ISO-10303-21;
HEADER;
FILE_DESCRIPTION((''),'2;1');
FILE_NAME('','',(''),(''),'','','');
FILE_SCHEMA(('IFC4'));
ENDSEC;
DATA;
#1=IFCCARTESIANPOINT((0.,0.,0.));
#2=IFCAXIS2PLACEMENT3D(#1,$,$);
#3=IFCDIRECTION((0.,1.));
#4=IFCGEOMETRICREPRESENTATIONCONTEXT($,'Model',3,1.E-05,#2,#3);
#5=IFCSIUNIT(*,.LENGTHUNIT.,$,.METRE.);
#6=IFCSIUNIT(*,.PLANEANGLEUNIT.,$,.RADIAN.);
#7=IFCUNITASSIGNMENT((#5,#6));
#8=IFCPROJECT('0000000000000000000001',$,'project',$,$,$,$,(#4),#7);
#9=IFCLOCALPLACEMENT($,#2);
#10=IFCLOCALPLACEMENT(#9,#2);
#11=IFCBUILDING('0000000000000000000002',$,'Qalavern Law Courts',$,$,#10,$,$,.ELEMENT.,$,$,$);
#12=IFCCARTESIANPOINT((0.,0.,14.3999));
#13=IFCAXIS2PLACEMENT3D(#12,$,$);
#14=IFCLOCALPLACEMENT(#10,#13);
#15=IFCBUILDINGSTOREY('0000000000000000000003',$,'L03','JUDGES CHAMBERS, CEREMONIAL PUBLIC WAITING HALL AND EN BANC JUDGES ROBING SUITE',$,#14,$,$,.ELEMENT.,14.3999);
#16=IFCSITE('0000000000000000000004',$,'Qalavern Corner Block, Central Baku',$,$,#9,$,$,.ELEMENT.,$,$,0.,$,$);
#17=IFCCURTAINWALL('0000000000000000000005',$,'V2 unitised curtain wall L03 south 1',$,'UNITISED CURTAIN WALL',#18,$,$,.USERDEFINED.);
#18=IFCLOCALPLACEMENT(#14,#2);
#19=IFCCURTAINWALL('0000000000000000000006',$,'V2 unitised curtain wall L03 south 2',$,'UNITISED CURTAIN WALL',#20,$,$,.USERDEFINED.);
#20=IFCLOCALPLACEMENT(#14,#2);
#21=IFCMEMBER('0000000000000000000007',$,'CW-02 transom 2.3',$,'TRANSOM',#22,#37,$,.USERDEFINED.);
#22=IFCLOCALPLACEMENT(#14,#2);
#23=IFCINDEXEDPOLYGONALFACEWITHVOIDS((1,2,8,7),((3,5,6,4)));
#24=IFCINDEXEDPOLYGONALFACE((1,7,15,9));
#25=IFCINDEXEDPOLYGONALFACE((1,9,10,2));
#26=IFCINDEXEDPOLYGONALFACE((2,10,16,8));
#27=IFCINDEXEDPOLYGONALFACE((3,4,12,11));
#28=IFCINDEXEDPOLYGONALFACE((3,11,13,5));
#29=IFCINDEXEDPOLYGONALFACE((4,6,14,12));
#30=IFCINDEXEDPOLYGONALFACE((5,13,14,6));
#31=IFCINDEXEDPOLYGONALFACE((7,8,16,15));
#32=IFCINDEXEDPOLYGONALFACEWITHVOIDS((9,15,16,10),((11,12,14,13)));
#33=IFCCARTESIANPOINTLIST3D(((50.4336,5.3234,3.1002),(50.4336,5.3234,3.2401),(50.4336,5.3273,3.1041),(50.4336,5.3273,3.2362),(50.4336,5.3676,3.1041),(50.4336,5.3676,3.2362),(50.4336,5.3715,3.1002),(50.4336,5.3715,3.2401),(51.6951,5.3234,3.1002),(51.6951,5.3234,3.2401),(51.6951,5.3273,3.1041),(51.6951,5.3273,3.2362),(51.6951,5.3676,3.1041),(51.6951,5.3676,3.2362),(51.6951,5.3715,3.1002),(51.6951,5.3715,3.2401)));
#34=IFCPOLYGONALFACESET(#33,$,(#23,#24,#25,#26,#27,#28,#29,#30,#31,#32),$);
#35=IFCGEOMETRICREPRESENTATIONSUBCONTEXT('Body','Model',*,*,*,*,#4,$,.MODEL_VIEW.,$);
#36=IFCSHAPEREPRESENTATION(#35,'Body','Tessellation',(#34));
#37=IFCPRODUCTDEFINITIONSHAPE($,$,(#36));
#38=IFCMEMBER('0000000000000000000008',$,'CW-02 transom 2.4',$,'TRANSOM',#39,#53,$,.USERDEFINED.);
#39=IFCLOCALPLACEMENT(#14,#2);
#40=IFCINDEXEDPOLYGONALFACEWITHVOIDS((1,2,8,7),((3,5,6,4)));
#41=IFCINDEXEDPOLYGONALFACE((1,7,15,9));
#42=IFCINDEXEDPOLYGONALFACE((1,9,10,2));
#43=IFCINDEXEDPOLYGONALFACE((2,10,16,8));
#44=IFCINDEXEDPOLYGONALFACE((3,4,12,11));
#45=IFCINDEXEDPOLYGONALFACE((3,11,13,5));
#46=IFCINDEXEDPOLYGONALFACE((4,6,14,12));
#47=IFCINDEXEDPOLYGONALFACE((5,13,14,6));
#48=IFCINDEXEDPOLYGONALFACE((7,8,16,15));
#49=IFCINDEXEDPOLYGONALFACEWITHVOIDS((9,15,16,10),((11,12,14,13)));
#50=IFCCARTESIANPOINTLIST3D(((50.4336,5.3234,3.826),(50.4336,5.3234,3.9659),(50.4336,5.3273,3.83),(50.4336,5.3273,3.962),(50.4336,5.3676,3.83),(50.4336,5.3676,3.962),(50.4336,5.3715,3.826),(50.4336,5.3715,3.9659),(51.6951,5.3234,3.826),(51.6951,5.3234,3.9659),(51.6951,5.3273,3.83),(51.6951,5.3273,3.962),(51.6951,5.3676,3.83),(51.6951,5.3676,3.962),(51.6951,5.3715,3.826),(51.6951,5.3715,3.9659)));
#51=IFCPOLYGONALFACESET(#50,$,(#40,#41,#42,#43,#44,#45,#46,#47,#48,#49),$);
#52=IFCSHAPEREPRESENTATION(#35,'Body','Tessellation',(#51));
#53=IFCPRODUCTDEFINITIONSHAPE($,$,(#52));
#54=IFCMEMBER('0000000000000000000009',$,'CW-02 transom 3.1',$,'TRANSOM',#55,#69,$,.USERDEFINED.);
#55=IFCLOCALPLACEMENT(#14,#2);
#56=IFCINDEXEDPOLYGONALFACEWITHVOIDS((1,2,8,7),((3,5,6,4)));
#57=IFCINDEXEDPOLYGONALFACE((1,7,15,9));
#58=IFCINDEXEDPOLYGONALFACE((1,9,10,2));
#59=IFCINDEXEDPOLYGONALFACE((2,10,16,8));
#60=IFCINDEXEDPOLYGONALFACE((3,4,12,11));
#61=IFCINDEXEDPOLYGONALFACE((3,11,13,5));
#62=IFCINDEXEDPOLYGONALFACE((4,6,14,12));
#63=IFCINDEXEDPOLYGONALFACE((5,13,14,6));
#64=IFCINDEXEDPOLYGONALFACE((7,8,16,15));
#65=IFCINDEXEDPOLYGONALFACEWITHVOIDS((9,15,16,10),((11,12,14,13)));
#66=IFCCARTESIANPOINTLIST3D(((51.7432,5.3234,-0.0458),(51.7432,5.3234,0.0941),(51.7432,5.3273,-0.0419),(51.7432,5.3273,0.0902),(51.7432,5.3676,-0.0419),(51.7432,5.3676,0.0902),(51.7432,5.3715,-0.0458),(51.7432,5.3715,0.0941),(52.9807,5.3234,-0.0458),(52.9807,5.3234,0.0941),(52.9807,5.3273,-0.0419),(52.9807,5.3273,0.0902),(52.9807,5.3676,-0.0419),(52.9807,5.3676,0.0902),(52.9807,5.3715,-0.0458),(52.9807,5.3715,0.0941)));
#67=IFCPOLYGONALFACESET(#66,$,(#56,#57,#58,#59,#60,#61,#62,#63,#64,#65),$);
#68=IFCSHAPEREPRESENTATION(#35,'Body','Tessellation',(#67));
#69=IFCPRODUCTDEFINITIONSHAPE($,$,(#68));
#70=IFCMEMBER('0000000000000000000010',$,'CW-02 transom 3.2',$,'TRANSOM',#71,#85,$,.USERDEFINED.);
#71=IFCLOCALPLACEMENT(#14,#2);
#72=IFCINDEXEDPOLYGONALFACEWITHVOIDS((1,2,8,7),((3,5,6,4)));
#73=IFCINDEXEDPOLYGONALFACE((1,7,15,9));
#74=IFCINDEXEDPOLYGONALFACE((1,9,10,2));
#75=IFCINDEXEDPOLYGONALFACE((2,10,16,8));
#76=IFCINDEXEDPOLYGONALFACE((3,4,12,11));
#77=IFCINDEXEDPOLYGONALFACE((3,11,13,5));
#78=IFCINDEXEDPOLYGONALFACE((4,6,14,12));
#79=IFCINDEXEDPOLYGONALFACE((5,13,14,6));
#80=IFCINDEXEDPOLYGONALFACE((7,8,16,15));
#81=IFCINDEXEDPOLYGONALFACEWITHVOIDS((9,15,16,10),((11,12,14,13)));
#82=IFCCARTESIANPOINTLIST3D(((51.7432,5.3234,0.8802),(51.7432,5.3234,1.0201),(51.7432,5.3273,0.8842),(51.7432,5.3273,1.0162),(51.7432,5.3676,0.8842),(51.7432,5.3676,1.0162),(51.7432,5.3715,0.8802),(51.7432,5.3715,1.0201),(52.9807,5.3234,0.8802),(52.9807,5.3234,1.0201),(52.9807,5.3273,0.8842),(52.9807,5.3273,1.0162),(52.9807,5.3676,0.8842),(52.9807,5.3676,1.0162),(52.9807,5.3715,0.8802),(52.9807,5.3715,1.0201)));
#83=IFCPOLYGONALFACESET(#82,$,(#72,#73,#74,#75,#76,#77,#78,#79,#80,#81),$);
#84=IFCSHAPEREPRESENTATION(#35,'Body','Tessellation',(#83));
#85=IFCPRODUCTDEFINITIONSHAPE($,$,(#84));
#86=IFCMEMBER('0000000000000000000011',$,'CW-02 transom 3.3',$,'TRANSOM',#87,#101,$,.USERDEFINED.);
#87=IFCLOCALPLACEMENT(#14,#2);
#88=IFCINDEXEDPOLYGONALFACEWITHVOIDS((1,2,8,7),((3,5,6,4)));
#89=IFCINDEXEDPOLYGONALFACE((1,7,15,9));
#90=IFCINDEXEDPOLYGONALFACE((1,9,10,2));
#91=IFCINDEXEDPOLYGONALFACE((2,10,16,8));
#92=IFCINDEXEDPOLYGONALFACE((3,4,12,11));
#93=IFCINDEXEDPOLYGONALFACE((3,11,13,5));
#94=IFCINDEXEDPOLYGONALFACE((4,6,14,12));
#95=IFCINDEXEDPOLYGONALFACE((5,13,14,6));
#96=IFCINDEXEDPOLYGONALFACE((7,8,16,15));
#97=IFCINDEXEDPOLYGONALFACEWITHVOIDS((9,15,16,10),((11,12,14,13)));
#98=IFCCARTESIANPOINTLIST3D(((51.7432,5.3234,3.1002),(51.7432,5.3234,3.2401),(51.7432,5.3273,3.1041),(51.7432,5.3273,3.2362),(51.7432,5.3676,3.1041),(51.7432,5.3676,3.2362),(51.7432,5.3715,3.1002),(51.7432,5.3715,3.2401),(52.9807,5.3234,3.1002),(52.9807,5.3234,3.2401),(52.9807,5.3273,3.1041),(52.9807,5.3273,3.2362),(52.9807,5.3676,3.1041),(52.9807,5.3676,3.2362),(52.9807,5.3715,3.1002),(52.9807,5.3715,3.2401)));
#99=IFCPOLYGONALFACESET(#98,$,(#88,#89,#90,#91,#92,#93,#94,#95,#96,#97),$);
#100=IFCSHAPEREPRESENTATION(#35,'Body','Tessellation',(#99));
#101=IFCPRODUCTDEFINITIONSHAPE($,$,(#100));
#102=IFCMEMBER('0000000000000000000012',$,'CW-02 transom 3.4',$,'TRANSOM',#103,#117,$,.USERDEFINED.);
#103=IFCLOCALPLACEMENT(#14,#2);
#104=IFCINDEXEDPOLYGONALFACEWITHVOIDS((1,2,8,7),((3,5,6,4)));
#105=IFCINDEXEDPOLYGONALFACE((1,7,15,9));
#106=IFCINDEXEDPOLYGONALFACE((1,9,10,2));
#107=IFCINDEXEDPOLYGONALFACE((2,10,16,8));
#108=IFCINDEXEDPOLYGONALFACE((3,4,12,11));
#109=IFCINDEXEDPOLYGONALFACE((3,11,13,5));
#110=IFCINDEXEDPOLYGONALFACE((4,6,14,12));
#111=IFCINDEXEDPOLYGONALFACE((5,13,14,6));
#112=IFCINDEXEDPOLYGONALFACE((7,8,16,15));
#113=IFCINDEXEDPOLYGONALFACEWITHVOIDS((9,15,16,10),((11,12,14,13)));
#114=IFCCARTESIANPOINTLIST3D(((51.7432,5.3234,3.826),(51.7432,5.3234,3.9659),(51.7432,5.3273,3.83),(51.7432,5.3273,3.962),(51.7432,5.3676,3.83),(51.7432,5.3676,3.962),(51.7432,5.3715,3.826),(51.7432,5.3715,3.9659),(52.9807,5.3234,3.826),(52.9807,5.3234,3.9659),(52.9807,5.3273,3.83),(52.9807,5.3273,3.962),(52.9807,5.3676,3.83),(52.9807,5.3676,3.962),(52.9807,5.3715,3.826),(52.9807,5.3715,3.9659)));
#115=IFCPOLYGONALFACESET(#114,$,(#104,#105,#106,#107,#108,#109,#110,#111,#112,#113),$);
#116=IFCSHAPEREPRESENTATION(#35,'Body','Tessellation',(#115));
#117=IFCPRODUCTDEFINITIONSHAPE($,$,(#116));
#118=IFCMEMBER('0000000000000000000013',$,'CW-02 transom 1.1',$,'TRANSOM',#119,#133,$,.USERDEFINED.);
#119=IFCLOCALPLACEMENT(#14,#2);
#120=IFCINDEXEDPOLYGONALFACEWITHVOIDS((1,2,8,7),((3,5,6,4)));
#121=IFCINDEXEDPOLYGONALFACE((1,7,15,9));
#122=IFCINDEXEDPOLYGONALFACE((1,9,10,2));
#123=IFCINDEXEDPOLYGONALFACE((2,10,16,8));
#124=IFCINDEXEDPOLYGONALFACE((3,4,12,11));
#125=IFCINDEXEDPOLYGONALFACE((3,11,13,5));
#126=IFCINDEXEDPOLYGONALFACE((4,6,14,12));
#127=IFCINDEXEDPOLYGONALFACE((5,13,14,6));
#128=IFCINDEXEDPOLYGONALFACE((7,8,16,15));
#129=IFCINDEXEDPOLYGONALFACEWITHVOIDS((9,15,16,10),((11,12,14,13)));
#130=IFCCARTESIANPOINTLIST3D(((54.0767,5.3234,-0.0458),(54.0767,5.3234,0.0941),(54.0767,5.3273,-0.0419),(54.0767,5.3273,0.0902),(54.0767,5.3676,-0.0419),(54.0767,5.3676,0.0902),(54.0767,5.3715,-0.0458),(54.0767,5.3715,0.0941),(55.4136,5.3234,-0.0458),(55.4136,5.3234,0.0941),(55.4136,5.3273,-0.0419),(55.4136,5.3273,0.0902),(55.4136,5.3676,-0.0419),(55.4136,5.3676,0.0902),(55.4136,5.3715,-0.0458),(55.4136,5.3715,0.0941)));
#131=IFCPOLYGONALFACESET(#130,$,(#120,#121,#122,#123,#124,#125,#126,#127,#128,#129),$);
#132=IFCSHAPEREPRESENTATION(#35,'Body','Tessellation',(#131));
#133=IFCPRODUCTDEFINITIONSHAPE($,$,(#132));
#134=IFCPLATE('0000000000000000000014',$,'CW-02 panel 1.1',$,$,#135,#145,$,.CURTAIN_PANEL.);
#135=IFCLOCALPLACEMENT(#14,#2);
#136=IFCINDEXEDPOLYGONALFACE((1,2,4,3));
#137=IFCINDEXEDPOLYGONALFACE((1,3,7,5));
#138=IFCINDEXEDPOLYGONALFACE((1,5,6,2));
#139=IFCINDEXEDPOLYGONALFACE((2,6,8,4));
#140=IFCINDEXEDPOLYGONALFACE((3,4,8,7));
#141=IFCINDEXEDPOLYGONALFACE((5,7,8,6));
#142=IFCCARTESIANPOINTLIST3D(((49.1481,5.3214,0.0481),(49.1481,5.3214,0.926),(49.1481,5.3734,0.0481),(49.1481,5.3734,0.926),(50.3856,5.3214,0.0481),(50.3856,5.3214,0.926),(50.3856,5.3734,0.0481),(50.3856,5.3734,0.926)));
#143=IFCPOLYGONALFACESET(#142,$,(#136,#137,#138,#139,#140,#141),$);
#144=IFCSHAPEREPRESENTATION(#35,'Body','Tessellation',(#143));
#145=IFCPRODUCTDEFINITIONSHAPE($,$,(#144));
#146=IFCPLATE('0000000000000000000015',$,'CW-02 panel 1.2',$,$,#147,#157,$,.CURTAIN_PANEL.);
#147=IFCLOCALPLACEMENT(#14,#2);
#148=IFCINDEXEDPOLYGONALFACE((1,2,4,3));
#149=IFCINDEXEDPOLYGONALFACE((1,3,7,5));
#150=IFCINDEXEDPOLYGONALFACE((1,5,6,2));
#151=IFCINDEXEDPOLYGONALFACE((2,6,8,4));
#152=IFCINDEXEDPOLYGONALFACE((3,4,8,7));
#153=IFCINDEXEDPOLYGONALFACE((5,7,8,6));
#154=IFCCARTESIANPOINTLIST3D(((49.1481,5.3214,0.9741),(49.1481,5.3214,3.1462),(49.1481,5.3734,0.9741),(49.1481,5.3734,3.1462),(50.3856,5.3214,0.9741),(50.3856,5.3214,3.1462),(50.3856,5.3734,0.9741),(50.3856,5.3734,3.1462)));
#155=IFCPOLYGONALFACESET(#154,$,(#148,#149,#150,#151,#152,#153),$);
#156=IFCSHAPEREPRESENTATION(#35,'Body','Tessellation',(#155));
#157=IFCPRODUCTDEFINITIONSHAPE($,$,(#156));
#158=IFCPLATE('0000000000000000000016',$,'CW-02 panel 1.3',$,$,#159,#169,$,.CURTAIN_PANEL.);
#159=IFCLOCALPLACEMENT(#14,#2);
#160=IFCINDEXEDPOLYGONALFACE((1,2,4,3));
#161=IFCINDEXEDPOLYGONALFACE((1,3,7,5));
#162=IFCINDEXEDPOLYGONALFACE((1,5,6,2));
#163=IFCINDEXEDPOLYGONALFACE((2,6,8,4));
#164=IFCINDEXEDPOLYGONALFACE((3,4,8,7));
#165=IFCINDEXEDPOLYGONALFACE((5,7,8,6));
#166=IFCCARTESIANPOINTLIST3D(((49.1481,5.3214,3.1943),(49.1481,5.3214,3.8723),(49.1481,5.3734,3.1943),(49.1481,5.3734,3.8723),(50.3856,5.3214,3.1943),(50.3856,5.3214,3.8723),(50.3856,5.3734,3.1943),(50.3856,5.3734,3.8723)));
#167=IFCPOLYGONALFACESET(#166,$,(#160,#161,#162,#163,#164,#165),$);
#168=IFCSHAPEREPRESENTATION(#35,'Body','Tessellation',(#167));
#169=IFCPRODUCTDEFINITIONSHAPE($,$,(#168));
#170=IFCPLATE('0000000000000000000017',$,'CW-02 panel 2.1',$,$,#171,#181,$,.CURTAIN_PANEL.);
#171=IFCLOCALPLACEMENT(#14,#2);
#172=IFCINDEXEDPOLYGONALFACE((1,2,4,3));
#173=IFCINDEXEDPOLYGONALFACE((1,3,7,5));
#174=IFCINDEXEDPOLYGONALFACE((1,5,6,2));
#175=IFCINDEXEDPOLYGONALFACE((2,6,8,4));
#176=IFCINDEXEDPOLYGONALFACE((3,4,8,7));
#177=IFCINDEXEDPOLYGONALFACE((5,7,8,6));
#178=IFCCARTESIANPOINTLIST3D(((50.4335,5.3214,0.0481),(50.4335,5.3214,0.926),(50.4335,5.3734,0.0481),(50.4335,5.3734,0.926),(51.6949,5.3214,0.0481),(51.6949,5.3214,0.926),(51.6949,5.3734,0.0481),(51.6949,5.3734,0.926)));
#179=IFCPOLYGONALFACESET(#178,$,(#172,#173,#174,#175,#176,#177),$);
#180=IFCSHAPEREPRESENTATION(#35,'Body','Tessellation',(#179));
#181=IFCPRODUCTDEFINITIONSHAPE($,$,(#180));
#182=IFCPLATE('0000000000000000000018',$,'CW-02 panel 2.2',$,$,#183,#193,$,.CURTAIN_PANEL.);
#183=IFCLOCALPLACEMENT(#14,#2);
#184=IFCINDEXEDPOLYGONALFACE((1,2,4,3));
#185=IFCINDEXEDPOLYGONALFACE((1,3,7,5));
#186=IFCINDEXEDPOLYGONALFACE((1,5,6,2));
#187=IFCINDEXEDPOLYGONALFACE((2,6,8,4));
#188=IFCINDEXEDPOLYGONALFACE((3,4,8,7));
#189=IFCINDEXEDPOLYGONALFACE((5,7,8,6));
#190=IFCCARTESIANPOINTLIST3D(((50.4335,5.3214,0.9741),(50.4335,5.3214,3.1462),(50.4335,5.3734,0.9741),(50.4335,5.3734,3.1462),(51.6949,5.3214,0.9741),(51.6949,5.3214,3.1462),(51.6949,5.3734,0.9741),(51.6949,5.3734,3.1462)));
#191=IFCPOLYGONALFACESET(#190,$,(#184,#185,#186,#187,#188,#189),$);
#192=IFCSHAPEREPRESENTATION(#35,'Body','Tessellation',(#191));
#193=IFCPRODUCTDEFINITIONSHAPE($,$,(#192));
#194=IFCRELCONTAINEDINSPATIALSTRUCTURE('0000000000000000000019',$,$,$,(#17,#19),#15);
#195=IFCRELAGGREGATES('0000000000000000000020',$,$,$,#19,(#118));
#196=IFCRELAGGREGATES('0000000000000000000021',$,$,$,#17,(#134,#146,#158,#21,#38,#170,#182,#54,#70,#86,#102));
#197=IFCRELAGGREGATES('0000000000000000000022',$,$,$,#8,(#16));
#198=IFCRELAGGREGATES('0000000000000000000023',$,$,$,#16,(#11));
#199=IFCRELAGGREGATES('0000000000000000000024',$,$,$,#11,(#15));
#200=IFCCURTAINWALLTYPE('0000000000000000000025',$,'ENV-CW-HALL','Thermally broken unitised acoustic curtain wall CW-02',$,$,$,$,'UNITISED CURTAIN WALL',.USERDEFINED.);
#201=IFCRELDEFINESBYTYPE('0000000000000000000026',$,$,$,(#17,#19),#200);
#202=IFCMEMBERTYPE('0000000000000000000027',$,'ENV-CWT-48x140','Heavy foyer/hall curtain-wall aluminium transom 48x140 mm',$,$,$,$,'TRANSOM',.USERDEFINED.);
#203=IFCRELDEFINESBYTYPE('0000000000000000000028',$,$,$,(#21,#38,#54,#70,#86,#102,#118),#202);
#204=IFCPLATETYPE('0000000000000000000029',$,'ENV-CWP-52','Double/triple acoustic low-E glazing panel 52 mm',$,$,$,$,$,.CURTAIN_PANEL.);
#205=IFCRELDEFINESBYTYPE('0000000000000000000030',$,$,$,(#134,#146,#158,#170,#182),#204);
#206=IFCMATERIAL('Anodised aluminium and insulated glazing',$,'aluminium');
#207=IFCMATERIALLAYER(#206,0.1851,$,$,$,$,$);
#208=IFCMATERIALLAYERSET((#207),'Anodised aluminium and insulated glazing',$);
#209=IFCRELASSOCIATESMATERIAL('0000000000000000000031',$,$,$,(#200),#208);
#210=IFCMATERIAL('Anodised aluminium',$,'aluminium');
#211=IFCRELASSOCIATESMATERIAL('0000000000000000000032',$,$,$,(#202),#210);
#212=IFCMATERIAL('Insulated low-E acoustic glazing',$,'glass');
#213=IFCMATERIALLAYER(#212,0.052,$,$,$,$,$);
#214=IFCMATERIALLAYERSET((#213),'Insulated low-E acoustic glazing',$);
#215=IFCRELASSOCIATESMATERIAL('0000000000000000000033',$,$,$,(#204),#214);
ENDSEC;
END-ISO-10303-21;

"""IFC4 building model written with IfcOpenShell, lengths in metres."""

from ifc_helpers import new_model, si_unit, direction, frame, origin, origin_2d, place, context, subcontext, project, spatial, rectangle, hollow_rectangle, extrude, material, layer, layer_set, material_profile, profile_set, type_object, element, aggregate, save


model = new_model("IFC4")

# Units and contexts
model_context = context("Model", 3, precision=1e-05, world=origin(), true_north=direction((0.0, 1.0)))
body_context = subcontext(model_context, "Body", "Model", "MODEL_VIEW")
ifc_project = project(units=[si_unit("LENGTHUNIT", "METRE"), si_unit("PLANEANGLEUNIT", "RADIAN")], contexts=[model_context])

# Site, building, storey
site_placement = place(None, origin())
site = spatial("IfcSite", under=ifc_project, at=site_placement, Name="Qalavern Corner Block, Central Baku", CompositionType="ELEMENT", RefElevation=0.0)
building_placement = place(site_placement, origin())
building = spatial("IfcBuilding", under=site, at=building_placement, Name="Qalavern Law Courts", CompositionType="ELEMENT")
storey_placement = place(building_placement, frame((0.0, 0.0, 14.3999)))
storey = spatial("IfcBuildingStorey", under=building, at=storey_placement, Name="L03", Description="JUDGES CHAMBERS, CEREMONIAL PUBLIC WAITING HALL AND EN BANC JUDGES ROBING SUITE", CompositionType="ELEMENT", Elevation=14.3999)

# Curtain wall
ifc_material_1 = material(Name="Anodised aluminium and insulated glazing", Category="aluminium")
ifc_layer_1 = layer(ifc_material_1, 0.1851)
ifc_layer_set_1 = layer_set([ifc_layer_1], Name="Anodised aluminium and insulated glazing")
curtain_wall_type = type_object("IfcCurtainWallType", Name="ENV-CW-HALL", Description="Thermally broken unitised acoustic curtain wall CW-02", ElementType="UNITISED CURTAIN WALL", PredefinedType="USERDEFINED", material=ifc_layer_set_1)
curtain_wall_1_placement = place(storey_placement, origin())
curtain_wall_1 = element("IfcCurtainWall", 1, at=curtain_wall_1_placement, inside=storey, type_object=curtain_wall_type, Name="V2 unitised curtain wall L03 south 1", ObjectType="UNITISED CURTAIN WALL", PredefinedType="USERDEFINED")
ifc_material_2 = material(Name="Anodised aluminium", Category="aluminium")

# Curtain wall
curtain_wall_2_placement = place(storey_placement, origin())
curtain_wall_2 = element("IfcCurtainWall", 2, at=curtain_wall_2_placement, inside=storey, type_object=curtain_wall_type, Name="V2 unitised curtain wall L03 south 2", ObjectType="UNITISED CURTAIN WALL", PredefinedType="USERDEFINED")

# Members
ifc_material_profile_1 = material_profile(ifc_material_2, hollow_rectangle(XDim=0.0481, YDim=0.1399, WallThickness=0.0039, at=origin_2d()), Name="ALU TRANSOM 48x140")
ifc_profile_set_1 = profile_set([ifc_material_profile_1], Name="Anodised aluminium")
member_type_1 = type_object("IfcMemberType", Name="ENV-CWT-48x140", Description="Heavy foyer/hall curtain-wall aluminium transom 48x140 mm", ElementType="TRANSOM", PredefinedType="USERDEFINED", material=ifc_profile_set_1)
member_1_placement = place(storey_placement, frame((50.4336, 5.3474, 3.1702), z_axis=(1.0, 0.0, 0.0), x_axis=(0.0, 1.0, 0.0)))
member_1 = element("IfcMember", 3, at=member_1_placement, type_object=member_type_1, Name="CW-02 transom 2.3", ObjectType="TRANSOM", PredefinedType="USERDEFINED", context=body_context, shape_type="SweptSolid", body=[
    extrude(hollow_rectangle(XDim=0.0481, YDim=0.1399, WallThickness=0.0039, at=origin_2d()), origin(), (0.0, 0.0, 1.0), 1.2615),
])
member_2_placement = place(storey_placement, frame((50.4336, 5.3474, 3.896), z_axis=(1.0, 0.0, 0.0), x_axis=(0.0, 1.0, 0.0)))
member_2 = element("IfcMember", 4, at=member_2_placement, type_object=member_type_1, Name="CW-02 transom 2.4", ObjectType="TRANSOM", PredefinedType="USERDEFINED", context=body_context, shape_type="SweptSolid", body=[
    extrude(hollow_rectangle(XDim=0.0481, YDim=0.1399, WallThickness=0.0039, at=origin_2d()), origin(), (0.0, 0.0, 1.0), 1.2615),
])
member_3_placement = place(storey_placement, frame((51.7432, 5.3474, 0.0242), z_axis=(1.0, 0.0, 0.0), x_axis=(0.0, 1.0, 0.0)))
member_3 = element("IfcMember", 5, at=member_3_placement, type_object=member_type_1, Name="CW-02 transom 3.1", ObjectType="TRANSOM", PredefinedType="USERDEFINED", context=body_context, shape_type="SweptSolid", body=[
    extrude(hollow_rectangle(XDim=0.0481, YDim=0.1399, WallThickness=0.0039, at=origin_2d()), origin(), (0.0, 0.0, 1.0), 1.2375),
])
member_4_placement = place(storey_placement, frame((51.7432, 5.3474, 0.9502), z_axis=(1.0, 0.0, 0.0), x_axis=(0.0, 1.0, 0.0)))
member_4 = element("IfcMember", 6, at=member_4_placement, type_object=member_type_1, Name="CW-02 transom 3.2", ObjectType="TRANSOM", PredefinedType="USERDEFINED", context=body_context, shape_type="SweptSolid", body=[
    extrude(hollow_rectangle(XDim=0.0481, YDim=0.1399, WallThickness=0.0039, at=origin_2d()), origin(), (0.0, 0.0, 1.0), 1.2375),
])
member_5_placement = place(storey_placement, frame((51.7432, 5.3474, 3.1702), z_axis=(1.0, 0.0, 0.0), x_axis=(0.0, 1.0, 0.0)))
member_5 = element("IfcMember", 7, at=member_5_placement, type_object=member_type_1, Name="CW-02 transom 3.3", ObjectType="TRANSOM", PredefinedType="USERDEFINED", context=body_context, shape_type="SweptSolid", body=[
    extrude(hollow_rectangle(XDim=0.0481, YDim=0.1399, WallThickness=0.0039, at=origin_2d()), origin(), (0.0, 0.0, 1.0), 1.2375),
])
member_6_placement = place(storey_placement, frame((51.7432, 5.3474, 3.896), z_axis=(1.0, 0.0, 0.0), x_axis=(0.0, 1.0, 0.0)))
member_6 = element("IfcMember", 8, at=member_6_placement, type_object=member_type_1, Name="CW-02 transom 3.4", ObjectType="TRANSOM", PredefinedType="USERDEFINED", context=body_context, shape_type="SweptSolid", body=[
    extrude(hollow_rectangle(XDim=0.0481, YDim=0.1399, WallThickness=0.0039, at=origin_2d()), origin(), (0.0, 0.0, 1.0), 1.2375),
])
member_7_placement = place(storey_placement, frame((54.0767, 5.3474, 0.0242), z_axis=(1.0, 0.0, 0.0), x_axis=(0.0, 1.0, 0.0)))
member_7 = element("IfcMember", 9, at=member_7_placement, type_object=member_type_1, Name="CW-02 transom 1.1", ObjectType="TRANSOM", PredefinedType="USERDEFINED", context=body_context, shape_type="SweptSolid", body=[
    extrude(hollow_rectangle(XDim=0.0481, YDim=0.1399, WallThickness=0.0039, at=origin_2d()), origin(), (0.0, 0.0, 1.0), 1.3369),
])
aggregate(curtain_wall_2, [member_7])

# Plates
ifc_material_3 = material(Name="Insulated low-E acoustic glazing", Category="glass")
ifc_layer_2 = layer(ifc_material_3, 0.052)
ifc_layer_set_2 = layer_set([ifc_layer_2], Name="Insulated low-E acoustic glazing")
plate_type = type_object("IfcPlateType", Name="ENV-CWP-52", Description="Double/triple acoustic low-E glazing panel 52 mm", PredefinedType="CURTAIN_PANEL", material=ifc_layer_set_2)
plate_1_placement = place(storey_placement, frame((49.7668, 5.3474, 0.0481), z_axis=(0.0, 0.0, 1.0), x_axis=(1.0, 0.0, 0.0)))
plate_1 = element("IfcPlate", 10, at=plate_1_placement, type_object=plate_type, Name="CW-02 panel 1.1", PredefinedType="CURTAIN_PANEL", context=body_context, shape_type="SweptSolid", body=[
    extrude(rectangle(XDim=1.2375, YDim=0.052, at=origin_2d()), origin(), (0.0, 0.0, 1.0), 0.8779),
])
plate_2_placement = place(storey_placement, frame((49.7668, 5.3474, 0.9741), z_axis=(0.0, 0.0, 1.0), x_axis=(1.0, 0.0, 0.0)))
plate_2 = element("IfcPlate", 11, at=plate_2_placement, type_object=plate_type, Name="CW-02 panel 1.2", PredefinedType="CURTAIN_PANEL", context=body_context, shape_type="SweptSolid", body=[
    extrude(rectangle(XDim=1.2375, YDim=0.052, at=origin_2d()), origin(), (0.0, 0.0, 1.0), 2.1721),
])
plate_3_placement = place(storey_placement, frame((49.7668, 5.3474, 3.1943), z_axis=(0.0, 0.0, 1.0), x_axis=(1.0, 0.0, 0.0)))
plate_3 = element("IfcPlate", 12, at=plate_3_placement, type_object=plate_type, Name="CW-02 panel 1.3", PredefinedType="CURTAIN_PANEL", context=body_context, shape_type="SweptSolid", body=[
    extrude(rectangle(XDim=1.2375, YDim=0.052, at=origin_2d()), origin(), (0.0, 0.0, 1.0), 0.678),
])
plate_4_placement = place(storey_placement, frame((51.0642, 5.3474, 0.0481), z_axis=(0.0, 0.0, 1.0), x_axis=(1.0, 0.0, 0.0)))
plate_4 = element("IfcPlate", 13, at=plate_4_placement, type_object=plate_type, Name="CW-02 panel 2.1", PredefinedType="CURTAIN_PANEL", context=body_context, shape_type="SweptSolid", body=[
    extrude(rectangle(XDim=1.2615, YDim=0.052, at=origin_2d()), origin(), (0.0, 0.0, 1.0), 0.8779),
])
plate_5_placement = place(storey_placement, frame((51.0642, 5.3474, 0.9741), z_axis=(0.0, 0.0, 1.0), x_axis=(1.0, 0.0, 0.0)))
plate_5 = element("IfcPlate", 14, at=plate_5_placement, type_object=plate_type, Name="CW-02 panel 2.2", PredefinedType="CURTAIN_PANEL", context=body_context, shape_type="SweptSolid", body=[
    extrude(rectangle(XDim=1.2615, YDim=0.052, at=origin_2d()), origin(), (0.0, 0.0, 1.0), 2.1721),
])
aggregate(curtain_wall_1, [plate_1, plate_2, plate_3, member_1, member_2, plate_4, plate_5, member_3, member_4, member_5, member_6])

save(model, "model.ifc")
